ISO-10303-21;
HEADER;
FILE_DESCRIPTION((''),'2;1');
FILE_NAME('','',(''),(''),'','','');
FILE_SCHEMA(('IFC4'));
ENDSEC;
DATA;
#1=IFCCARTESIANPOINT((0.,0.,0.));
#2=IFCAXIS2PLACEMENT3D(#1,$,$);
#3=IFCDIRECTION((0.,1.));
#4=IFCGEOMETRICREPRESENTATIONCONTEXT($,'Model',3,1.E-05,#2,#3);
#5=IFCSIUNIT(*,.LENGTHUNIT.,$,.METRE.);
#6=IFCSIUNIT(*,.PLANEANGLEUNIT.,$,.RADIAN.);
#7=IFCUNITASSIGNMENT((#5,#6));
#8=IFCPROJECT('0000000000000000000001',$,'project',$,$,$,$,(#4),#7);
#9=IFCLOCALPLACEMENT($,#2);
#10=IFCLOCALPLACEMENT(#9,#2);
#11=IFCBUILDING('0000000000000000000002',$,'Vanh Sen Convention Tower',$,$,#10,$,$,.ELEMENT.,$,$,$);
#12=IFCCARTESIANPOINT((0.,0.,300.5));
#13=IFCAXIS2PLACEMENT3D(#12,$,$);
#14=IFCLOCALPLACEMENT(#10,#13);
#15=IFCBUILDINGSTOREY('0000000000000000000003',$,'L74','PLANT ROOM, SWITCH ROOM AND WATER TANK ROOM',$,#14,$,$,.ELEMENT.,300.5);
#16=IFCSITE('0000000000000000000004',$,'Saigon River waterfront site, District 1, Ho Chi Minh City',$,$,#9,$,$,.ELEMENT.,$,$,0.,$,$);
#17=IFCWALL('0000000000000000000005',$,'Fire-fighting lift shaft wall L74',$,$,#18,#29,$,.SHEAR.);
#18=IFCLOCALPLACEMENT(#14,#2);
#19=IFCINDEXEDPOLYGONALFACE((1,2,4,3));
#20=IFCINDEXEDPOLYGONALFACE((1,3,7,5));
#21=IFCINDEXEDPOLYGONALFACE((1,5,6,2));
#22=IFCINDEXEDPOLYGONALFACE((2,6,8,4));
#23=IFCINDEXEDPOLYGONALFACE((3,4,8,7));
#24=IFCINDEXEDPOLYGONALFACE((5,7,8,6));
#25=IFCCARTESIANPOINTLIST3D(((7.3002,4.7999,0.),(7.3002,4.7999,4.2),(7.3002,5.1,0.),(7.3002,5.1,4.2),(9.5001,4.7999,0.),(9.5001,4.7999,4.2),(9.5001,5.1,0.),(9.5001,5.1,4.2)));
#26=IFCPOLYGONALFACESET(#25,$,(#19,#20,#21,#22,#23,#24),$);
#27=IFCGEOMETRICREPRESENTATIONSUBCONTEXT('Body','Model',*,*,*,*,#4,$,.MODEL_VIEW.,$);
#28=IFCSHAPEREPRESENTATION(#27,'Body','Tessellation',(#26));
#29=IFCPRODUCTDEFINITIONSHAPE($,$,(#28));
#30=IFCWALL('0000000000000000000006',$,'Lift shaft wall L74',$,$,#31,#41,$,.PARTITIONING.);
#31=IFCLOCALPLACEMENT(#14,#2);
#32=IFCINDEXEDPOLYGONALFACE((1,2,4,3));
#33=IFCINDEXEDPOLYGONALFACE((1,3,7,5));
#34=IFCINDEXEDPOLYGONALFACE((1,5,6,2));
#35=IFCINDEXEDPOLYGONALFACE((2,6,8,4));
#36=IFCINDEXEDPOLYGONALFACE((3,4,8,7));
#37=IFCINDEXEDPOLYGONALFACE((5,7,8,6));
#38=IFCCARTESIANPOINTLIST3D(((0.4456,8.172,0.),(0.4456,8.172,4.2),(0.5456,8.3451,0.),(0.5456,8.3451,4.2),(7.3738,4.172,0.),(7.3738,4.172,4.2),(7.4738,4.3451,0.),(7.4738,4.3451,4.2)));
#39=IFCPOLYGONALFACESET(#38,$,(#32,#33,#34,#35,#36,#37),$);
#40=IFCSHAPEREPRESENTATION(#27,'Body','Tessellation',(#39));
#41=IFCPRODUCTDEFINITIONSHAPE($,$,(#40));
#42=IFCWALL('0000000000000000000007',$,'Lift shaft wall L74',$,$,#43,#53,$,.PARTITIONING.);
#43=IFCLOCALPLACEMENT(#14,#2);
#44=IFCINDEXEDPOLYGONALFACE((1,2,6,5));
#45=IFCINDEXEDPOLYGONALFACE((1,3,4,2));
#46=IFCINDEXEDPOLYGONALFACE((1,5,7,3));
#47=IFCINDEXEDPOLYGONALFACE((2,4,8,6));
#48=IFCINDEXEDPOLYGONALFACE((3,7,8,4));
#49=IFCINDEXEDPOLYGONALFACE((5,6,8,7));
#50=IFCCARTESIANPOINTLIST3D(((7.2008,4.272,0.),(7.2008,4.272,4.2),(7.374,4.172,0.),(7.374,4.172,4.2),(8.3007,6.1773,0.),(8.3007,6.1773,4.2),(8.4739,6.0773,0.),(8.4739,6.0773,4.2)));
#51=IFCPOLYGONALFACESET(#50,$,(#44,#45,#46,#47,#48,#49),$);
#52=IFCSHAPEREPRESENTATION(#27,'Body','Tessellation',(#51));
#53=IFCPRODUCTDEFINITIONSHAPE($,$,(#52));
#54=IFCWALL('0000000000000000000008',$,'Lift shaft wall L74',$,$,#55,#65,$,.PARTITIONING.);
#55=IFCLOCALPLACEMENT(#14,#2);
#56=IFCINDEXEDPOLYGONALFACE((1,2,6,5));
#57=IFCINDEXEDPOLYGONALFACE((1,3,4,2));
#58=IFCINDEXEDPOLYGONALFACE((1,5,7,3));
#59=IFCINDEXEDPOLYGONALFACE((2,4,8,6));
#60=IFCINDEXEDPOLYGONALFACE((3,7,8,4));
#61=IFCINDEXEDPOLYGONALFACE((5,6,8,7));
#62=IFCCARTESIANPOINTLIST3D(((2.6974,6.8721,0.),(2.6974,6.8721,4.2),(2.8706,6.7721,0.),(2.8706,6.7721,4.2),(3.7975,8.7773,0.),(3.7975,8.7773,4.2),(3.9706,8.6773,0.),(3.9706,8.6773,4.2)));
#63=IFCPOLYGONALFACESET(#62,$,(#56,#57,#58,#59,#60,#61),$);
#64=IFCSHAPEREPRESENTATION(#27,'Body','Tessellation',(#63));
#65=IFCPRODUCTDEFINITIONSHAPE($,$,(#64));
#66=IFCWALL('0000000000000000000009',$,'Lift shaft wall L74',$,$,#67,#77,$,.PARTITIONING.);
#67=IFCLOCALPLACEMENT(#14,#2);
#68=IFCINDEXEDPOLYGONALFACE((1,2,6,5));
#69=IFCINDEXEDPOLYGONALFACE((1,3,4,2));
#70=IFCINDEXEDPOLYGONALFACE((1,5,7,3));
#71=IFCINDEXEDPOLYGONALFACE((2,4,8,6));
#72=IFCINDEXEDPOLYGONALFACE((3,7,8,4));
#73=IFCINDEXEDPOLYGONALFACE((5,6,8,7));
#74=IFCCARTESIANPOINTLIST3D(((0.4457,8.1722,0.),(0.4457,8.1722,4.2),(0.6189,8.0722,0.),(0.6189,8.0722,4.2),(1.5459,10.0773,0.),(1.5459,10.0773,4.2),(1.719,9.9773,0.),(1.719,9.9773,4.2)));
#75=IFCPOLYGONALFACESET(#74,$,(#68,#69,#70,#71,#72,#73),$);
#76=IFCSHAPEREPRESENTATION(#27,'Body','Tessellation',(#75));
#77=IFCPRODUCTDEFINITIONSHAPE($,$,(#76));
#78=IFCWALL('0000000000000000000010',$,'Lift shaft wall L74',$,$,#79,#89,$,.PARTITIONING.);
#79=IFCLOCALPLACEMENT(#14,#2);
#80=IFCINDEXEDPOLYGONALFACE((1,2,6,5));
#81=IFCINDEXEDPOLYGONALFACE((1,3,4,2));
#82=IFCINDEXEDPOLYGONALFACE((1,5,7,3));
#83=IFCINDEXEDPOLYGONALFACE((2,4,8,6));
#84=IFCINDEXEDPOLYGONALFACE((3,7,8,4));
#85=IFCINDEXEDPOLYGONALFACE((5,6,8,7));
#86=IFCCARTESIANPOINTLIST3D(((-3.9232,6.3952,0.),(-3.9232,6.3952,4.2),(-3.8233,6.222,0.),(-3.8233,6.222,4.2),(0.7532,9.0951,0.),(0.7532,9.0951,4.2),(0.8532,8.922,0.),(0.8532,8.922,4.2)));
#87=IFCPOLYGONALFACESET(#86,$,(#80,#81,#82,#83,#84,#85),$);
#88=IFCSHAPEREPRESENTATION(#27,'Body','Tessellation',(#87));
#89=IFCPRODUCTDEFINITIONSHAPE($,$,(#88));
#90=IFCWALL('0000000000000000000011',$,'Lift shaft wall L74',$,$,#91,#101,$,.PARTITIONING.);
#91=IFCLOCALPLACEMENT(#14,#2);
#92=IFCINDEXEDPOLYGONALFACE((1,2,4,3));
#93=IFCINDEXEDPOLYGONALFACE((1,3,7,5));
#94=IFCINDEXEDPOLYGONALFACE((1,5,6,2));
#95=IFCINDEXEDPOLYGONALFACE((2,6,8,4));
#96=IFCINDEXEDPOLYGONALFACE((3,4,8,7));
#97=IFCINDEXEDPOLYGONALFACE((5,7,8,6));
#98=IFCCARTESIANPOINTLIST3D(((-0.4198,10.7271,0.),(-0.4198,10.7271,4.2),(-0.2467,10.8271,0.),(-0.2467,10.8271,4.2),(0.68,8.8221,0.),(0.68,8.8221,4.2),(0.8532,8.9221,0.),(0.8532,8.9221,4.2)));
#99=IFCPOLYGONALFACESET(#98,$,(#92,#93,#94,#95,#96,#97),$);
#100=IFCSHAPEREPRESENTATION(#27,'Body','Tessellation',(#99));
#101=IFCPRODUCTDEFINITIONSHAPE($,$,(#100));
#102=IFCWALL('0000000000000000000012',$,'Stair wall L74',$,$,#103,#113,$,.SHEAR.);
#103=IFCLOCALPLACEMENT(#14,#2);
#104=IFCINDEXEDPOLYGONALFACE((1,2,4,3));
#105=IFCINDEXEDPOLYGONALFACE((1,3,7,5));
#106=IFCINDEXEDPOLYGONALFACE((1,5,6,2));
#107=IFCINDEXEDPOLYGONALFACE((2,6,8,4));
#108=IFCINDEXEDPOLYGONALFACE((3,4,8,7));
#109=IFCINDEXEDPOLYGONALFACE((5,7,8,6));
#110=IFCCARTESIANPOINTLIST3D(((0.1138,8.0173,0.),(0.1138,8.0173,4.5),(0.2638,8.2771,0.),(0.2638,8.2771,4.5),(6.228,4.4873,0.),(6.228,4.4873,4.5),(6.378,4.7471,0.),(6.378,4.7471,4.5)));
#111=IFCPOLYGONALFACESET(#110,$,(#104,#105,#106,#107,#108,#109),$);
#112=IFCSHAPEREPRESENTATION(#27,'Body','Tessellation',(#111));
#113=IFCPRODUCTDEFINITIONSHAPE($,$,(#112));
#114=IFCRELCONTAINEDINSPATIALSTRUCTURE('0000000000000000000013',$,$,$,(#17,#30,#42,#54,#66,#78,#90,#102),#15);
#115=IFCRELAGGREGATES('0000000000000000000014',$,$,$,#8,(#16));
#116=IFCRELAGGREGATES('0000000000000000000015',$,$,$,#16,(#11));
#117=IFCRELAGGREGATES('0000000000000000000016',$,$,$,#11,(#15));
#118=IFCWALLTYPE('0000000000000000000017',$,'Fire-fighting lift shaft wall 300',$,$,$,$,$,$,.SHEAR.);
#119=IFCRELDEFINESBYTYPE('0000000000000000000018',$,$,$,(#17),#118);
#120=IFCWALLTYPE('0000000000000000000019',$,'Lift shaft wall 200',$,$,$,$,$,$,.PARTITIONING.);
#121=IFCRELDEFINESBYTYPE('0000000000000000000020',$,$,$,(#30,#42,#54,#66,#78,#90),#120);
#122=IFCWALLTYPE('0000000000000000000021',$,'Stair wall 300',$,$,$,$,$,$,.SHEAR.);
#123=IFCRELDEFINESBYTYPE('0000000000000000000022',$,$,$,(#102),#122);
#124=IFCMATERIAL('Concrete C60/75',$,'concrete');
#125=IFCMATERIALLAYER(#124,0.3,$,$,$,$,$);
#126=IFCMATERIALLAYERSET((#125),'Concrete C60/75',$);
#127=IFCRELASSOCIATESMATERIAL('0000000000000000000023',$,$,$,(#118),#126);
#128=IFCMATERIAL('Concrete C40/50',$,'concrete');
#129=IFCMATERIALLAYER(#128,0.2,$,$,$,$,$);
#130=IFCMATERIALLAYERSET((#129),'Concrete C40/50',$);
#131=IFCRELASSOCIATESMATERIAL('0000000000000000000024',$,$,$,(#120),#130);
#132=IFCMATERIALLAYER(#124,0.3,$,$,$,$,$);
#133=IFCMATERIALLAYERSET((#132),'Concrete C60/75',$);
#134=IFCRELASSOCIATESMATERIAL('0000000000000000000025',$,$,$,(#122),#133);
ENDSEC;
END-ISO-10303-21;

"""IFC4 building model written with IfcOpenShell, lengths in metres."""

from ifc_helpers import new_model, si_unit, direction, frame, frame_2d, origin, place, context, subcontext, project, spatial, rectangle, extrude, material, layer, layer_set, type_object, element, save


model = new_model("IFC4")

# Units and contexts
model_context = context("Model", 3, precision=1e-05, world=origin(), true_north=direction((0.0, 1.0)))
body_context = subcontext(model_context, "Body", "Model", "MODEL_VIEW")
ifc_project = project(units=[si_unit("LENGTHUNIT", "METRE"), si_unit("PLANEANGLEUNIT", "RADIAN")], contexts=[model_context])

# Site, building, storey
site_placement = place(None, origin())
site = spatial("IfcSite", under=ifc_project, at=site_placement, Name="Saigon River waterfront site, District 1, Ho Chi Minh City", CompositionType="ELEMENT", RefElevation=0.0)
building_placement = place(site_placement, origin())
building = spatial("IfcBuilding", under=site, at=building_placement, Name="Vanh Sen Convention Tower", CompositionType="ELEMENT")
storey_placement = place(building_placement, frame((0.0, 0.0, 300.5)))
storey = spatial("IfcBuildingStorey", under=building, at=storey_placement, Name="L74", Description="PLANT ROOM, SWITCH ROOM AND WATER TANK ROOM", CompositionType="ELEMENT", Elevation=300.5)

# Shared definitions
ifc_material_1 = material(Name="Concrete C40/50", Category="concrete")

# Shared definitions
ifc_material_2 = material(Name="Concrete C60/75", Category="concrete")

# Shared definitions
ifc_layer_1 = layer(ifc_material_2, 0.3)
ifc_layer_set_1 = layer_set([ifc_layer_1], Name="Concrete C60/75")
wall_type_1 = type_object("IfcWallType", Name="Fire-fighting lift shaft wall 300", PredefinedType="SHEAR", material=ifc_layer_set_1)

# Walls
wall_1_placement = place(storey_placement, frame((7.3, 4.95, 0.0), z_axis=(0.0, 0.0, 1.0), x_axis=(1.0, 0.0, 0.0)))
element("IfcWall", 1, at=wall_1_placement, inside=storey, type_object=wall_type_1, Name="Fire-fighting lift shaft wall L74", PredefinedType="SHEAR", context=body_context, shape_type="SweptSolid", body=[
    extrude(rectangle(XDim=2.2, YDim=0.3, at=frame_2d((1.1001, 0.0))), origin(), (0.0, 0.0, 1.0), 4.2),
])
ifc_layer_2 = layer(ifc_material_1, 0.2)
ifc_layer_set_2 = layer_set([ifc_layer_2], Name="Concrete C40/50")
wall_type_2 = type_object("IfcWallType", Name="Lift shaft wall 200", PredefinedType="PARTITIONING", material=ifc_layer_set_2)
wall_2_placement = place(storey_placement, frame((7.4238, 4.2585, 0.0), z_axis=(0.0, 0.0, 1.0), x_axis=(-0.866026, 0.499999, 0.0)))
element("IfcWall", 2, at=wall_2_placement, inside=storey, type_object=wall_type_2, Name="Lift shaft wall L74", PredefinedType="PARTITIONING", context=body_context, shape_type="SweptSolid", body=[
    extrude(rectangle(XDim=8.0, YDim=0.2, at=frame_2d((4.0, 0.0))), origin(), (0.0, 0.0, 1.0), 4.2),
])
for number, where, z_axis, x_axis, name in (
    (3, (7.2874, 4.2219, 0.0), (0.0, 0.0, 1.0), (0.499947, 0.866056, 0.0), "Lift shaft wall L74"),
    (4, (2.7839, 6.822, 0.0), (0.0, 0.0, 1.0), (0.50003, 0.866008, 0.0), "Lift shaft wall L74"),
    (5, (0.5322, 8.1221, 0.0), (0.0, 0.0, 1.0), (0.500078, 0.86598, 0.0), "Lift shaft wall L74"),
):
    element("IfcWall", number, at=place(storey_placement, frame(where, z_axis=z_axis, x_axis=x_axis)), inside=storey, type_object=wall_type_2, Name=name, PredefinedType="PARTITIONING", context=body_context, shape_type="SweptSolid", body=[
        extrude(rectangle(XDim=2.2, YDim=0.2, at=frame_2d((1.1001, 0.0))), origin(), (0.0, 0.0, 1.0), 4.2),
    ])
wall_3_placement = place(storey_placement, frame((0.8032, 9.0085, 0.0), z_axis=(0.0, 0.0, 1.0), x_axis=(-0.866028, -0.499995, 0.0)))
element("IfcWall", 6, at=wall_3_placement, inside=storey, type_object=wall_type_2, Name="Lift shaft wall L74", PredefinedType="PARTITIONING", context=body_context, shape_type="SweptSolid", body=[
    extrude(rectangle(XDim=5.3999, YDim=0.2, at=frame_2d((2.7, 0.0))), origin(), (0.0, 0.0, 1.0), 4.2),
])
wall_4_placement = place(storey_placement, frame((0.7666, 8.8721, 0.0), z_axis=(0.0, 0.0, 1.0), x_axis=(-0.499995, 0.866028, 0.0)))
element("IfcWall", 7, at=wall_4_placement, inside=storey, type_object=wall_type_2, Name="Lift shaft wall L74", PredefinedType="PARTITIONING", context=body_context, shape_type="SweptSolid", body=[
    extrude(rectangle(XDim=2.1997, YDim=0.2, at=frame_2d((1.0999, 0.0))), origin(), (0.0, 0.0, 1.0), 4.2),
])
ifc_layer_3 = layer(ifc_material_2, 0.3)
ifc_layer_set_3 = layer_set([ifc_layer_3], Name="Concrete C60/75")
wall_type_3 = type_object("IfcWallType", Name="Stair wall 300", PredefinedType="SHEAR", material=ifc_layer_set_3)
wall_5_placement = place(storey_placement, frame((6.303, 4.6172, 0.0), z_axis=(0.0, 0.0, 1.0), x_axis=(-0.866028, 0.499996, 0.0)))
element("IfcWall", 8, at=wall_5_placement, inside=storey, type_object=wall_type_3, Name="Stair wall L74", PredefinedType="SHEAR", context=body_context, shape_type="SweptSolid", body=[
    extrude(rectangle(XDim=7.0601, YDim=0.3, at=frame_2d((3.53, 0.0))), origin(), (0.0, 0.0, 1.0), 4.5),
])

save(model, "model.ifc")
